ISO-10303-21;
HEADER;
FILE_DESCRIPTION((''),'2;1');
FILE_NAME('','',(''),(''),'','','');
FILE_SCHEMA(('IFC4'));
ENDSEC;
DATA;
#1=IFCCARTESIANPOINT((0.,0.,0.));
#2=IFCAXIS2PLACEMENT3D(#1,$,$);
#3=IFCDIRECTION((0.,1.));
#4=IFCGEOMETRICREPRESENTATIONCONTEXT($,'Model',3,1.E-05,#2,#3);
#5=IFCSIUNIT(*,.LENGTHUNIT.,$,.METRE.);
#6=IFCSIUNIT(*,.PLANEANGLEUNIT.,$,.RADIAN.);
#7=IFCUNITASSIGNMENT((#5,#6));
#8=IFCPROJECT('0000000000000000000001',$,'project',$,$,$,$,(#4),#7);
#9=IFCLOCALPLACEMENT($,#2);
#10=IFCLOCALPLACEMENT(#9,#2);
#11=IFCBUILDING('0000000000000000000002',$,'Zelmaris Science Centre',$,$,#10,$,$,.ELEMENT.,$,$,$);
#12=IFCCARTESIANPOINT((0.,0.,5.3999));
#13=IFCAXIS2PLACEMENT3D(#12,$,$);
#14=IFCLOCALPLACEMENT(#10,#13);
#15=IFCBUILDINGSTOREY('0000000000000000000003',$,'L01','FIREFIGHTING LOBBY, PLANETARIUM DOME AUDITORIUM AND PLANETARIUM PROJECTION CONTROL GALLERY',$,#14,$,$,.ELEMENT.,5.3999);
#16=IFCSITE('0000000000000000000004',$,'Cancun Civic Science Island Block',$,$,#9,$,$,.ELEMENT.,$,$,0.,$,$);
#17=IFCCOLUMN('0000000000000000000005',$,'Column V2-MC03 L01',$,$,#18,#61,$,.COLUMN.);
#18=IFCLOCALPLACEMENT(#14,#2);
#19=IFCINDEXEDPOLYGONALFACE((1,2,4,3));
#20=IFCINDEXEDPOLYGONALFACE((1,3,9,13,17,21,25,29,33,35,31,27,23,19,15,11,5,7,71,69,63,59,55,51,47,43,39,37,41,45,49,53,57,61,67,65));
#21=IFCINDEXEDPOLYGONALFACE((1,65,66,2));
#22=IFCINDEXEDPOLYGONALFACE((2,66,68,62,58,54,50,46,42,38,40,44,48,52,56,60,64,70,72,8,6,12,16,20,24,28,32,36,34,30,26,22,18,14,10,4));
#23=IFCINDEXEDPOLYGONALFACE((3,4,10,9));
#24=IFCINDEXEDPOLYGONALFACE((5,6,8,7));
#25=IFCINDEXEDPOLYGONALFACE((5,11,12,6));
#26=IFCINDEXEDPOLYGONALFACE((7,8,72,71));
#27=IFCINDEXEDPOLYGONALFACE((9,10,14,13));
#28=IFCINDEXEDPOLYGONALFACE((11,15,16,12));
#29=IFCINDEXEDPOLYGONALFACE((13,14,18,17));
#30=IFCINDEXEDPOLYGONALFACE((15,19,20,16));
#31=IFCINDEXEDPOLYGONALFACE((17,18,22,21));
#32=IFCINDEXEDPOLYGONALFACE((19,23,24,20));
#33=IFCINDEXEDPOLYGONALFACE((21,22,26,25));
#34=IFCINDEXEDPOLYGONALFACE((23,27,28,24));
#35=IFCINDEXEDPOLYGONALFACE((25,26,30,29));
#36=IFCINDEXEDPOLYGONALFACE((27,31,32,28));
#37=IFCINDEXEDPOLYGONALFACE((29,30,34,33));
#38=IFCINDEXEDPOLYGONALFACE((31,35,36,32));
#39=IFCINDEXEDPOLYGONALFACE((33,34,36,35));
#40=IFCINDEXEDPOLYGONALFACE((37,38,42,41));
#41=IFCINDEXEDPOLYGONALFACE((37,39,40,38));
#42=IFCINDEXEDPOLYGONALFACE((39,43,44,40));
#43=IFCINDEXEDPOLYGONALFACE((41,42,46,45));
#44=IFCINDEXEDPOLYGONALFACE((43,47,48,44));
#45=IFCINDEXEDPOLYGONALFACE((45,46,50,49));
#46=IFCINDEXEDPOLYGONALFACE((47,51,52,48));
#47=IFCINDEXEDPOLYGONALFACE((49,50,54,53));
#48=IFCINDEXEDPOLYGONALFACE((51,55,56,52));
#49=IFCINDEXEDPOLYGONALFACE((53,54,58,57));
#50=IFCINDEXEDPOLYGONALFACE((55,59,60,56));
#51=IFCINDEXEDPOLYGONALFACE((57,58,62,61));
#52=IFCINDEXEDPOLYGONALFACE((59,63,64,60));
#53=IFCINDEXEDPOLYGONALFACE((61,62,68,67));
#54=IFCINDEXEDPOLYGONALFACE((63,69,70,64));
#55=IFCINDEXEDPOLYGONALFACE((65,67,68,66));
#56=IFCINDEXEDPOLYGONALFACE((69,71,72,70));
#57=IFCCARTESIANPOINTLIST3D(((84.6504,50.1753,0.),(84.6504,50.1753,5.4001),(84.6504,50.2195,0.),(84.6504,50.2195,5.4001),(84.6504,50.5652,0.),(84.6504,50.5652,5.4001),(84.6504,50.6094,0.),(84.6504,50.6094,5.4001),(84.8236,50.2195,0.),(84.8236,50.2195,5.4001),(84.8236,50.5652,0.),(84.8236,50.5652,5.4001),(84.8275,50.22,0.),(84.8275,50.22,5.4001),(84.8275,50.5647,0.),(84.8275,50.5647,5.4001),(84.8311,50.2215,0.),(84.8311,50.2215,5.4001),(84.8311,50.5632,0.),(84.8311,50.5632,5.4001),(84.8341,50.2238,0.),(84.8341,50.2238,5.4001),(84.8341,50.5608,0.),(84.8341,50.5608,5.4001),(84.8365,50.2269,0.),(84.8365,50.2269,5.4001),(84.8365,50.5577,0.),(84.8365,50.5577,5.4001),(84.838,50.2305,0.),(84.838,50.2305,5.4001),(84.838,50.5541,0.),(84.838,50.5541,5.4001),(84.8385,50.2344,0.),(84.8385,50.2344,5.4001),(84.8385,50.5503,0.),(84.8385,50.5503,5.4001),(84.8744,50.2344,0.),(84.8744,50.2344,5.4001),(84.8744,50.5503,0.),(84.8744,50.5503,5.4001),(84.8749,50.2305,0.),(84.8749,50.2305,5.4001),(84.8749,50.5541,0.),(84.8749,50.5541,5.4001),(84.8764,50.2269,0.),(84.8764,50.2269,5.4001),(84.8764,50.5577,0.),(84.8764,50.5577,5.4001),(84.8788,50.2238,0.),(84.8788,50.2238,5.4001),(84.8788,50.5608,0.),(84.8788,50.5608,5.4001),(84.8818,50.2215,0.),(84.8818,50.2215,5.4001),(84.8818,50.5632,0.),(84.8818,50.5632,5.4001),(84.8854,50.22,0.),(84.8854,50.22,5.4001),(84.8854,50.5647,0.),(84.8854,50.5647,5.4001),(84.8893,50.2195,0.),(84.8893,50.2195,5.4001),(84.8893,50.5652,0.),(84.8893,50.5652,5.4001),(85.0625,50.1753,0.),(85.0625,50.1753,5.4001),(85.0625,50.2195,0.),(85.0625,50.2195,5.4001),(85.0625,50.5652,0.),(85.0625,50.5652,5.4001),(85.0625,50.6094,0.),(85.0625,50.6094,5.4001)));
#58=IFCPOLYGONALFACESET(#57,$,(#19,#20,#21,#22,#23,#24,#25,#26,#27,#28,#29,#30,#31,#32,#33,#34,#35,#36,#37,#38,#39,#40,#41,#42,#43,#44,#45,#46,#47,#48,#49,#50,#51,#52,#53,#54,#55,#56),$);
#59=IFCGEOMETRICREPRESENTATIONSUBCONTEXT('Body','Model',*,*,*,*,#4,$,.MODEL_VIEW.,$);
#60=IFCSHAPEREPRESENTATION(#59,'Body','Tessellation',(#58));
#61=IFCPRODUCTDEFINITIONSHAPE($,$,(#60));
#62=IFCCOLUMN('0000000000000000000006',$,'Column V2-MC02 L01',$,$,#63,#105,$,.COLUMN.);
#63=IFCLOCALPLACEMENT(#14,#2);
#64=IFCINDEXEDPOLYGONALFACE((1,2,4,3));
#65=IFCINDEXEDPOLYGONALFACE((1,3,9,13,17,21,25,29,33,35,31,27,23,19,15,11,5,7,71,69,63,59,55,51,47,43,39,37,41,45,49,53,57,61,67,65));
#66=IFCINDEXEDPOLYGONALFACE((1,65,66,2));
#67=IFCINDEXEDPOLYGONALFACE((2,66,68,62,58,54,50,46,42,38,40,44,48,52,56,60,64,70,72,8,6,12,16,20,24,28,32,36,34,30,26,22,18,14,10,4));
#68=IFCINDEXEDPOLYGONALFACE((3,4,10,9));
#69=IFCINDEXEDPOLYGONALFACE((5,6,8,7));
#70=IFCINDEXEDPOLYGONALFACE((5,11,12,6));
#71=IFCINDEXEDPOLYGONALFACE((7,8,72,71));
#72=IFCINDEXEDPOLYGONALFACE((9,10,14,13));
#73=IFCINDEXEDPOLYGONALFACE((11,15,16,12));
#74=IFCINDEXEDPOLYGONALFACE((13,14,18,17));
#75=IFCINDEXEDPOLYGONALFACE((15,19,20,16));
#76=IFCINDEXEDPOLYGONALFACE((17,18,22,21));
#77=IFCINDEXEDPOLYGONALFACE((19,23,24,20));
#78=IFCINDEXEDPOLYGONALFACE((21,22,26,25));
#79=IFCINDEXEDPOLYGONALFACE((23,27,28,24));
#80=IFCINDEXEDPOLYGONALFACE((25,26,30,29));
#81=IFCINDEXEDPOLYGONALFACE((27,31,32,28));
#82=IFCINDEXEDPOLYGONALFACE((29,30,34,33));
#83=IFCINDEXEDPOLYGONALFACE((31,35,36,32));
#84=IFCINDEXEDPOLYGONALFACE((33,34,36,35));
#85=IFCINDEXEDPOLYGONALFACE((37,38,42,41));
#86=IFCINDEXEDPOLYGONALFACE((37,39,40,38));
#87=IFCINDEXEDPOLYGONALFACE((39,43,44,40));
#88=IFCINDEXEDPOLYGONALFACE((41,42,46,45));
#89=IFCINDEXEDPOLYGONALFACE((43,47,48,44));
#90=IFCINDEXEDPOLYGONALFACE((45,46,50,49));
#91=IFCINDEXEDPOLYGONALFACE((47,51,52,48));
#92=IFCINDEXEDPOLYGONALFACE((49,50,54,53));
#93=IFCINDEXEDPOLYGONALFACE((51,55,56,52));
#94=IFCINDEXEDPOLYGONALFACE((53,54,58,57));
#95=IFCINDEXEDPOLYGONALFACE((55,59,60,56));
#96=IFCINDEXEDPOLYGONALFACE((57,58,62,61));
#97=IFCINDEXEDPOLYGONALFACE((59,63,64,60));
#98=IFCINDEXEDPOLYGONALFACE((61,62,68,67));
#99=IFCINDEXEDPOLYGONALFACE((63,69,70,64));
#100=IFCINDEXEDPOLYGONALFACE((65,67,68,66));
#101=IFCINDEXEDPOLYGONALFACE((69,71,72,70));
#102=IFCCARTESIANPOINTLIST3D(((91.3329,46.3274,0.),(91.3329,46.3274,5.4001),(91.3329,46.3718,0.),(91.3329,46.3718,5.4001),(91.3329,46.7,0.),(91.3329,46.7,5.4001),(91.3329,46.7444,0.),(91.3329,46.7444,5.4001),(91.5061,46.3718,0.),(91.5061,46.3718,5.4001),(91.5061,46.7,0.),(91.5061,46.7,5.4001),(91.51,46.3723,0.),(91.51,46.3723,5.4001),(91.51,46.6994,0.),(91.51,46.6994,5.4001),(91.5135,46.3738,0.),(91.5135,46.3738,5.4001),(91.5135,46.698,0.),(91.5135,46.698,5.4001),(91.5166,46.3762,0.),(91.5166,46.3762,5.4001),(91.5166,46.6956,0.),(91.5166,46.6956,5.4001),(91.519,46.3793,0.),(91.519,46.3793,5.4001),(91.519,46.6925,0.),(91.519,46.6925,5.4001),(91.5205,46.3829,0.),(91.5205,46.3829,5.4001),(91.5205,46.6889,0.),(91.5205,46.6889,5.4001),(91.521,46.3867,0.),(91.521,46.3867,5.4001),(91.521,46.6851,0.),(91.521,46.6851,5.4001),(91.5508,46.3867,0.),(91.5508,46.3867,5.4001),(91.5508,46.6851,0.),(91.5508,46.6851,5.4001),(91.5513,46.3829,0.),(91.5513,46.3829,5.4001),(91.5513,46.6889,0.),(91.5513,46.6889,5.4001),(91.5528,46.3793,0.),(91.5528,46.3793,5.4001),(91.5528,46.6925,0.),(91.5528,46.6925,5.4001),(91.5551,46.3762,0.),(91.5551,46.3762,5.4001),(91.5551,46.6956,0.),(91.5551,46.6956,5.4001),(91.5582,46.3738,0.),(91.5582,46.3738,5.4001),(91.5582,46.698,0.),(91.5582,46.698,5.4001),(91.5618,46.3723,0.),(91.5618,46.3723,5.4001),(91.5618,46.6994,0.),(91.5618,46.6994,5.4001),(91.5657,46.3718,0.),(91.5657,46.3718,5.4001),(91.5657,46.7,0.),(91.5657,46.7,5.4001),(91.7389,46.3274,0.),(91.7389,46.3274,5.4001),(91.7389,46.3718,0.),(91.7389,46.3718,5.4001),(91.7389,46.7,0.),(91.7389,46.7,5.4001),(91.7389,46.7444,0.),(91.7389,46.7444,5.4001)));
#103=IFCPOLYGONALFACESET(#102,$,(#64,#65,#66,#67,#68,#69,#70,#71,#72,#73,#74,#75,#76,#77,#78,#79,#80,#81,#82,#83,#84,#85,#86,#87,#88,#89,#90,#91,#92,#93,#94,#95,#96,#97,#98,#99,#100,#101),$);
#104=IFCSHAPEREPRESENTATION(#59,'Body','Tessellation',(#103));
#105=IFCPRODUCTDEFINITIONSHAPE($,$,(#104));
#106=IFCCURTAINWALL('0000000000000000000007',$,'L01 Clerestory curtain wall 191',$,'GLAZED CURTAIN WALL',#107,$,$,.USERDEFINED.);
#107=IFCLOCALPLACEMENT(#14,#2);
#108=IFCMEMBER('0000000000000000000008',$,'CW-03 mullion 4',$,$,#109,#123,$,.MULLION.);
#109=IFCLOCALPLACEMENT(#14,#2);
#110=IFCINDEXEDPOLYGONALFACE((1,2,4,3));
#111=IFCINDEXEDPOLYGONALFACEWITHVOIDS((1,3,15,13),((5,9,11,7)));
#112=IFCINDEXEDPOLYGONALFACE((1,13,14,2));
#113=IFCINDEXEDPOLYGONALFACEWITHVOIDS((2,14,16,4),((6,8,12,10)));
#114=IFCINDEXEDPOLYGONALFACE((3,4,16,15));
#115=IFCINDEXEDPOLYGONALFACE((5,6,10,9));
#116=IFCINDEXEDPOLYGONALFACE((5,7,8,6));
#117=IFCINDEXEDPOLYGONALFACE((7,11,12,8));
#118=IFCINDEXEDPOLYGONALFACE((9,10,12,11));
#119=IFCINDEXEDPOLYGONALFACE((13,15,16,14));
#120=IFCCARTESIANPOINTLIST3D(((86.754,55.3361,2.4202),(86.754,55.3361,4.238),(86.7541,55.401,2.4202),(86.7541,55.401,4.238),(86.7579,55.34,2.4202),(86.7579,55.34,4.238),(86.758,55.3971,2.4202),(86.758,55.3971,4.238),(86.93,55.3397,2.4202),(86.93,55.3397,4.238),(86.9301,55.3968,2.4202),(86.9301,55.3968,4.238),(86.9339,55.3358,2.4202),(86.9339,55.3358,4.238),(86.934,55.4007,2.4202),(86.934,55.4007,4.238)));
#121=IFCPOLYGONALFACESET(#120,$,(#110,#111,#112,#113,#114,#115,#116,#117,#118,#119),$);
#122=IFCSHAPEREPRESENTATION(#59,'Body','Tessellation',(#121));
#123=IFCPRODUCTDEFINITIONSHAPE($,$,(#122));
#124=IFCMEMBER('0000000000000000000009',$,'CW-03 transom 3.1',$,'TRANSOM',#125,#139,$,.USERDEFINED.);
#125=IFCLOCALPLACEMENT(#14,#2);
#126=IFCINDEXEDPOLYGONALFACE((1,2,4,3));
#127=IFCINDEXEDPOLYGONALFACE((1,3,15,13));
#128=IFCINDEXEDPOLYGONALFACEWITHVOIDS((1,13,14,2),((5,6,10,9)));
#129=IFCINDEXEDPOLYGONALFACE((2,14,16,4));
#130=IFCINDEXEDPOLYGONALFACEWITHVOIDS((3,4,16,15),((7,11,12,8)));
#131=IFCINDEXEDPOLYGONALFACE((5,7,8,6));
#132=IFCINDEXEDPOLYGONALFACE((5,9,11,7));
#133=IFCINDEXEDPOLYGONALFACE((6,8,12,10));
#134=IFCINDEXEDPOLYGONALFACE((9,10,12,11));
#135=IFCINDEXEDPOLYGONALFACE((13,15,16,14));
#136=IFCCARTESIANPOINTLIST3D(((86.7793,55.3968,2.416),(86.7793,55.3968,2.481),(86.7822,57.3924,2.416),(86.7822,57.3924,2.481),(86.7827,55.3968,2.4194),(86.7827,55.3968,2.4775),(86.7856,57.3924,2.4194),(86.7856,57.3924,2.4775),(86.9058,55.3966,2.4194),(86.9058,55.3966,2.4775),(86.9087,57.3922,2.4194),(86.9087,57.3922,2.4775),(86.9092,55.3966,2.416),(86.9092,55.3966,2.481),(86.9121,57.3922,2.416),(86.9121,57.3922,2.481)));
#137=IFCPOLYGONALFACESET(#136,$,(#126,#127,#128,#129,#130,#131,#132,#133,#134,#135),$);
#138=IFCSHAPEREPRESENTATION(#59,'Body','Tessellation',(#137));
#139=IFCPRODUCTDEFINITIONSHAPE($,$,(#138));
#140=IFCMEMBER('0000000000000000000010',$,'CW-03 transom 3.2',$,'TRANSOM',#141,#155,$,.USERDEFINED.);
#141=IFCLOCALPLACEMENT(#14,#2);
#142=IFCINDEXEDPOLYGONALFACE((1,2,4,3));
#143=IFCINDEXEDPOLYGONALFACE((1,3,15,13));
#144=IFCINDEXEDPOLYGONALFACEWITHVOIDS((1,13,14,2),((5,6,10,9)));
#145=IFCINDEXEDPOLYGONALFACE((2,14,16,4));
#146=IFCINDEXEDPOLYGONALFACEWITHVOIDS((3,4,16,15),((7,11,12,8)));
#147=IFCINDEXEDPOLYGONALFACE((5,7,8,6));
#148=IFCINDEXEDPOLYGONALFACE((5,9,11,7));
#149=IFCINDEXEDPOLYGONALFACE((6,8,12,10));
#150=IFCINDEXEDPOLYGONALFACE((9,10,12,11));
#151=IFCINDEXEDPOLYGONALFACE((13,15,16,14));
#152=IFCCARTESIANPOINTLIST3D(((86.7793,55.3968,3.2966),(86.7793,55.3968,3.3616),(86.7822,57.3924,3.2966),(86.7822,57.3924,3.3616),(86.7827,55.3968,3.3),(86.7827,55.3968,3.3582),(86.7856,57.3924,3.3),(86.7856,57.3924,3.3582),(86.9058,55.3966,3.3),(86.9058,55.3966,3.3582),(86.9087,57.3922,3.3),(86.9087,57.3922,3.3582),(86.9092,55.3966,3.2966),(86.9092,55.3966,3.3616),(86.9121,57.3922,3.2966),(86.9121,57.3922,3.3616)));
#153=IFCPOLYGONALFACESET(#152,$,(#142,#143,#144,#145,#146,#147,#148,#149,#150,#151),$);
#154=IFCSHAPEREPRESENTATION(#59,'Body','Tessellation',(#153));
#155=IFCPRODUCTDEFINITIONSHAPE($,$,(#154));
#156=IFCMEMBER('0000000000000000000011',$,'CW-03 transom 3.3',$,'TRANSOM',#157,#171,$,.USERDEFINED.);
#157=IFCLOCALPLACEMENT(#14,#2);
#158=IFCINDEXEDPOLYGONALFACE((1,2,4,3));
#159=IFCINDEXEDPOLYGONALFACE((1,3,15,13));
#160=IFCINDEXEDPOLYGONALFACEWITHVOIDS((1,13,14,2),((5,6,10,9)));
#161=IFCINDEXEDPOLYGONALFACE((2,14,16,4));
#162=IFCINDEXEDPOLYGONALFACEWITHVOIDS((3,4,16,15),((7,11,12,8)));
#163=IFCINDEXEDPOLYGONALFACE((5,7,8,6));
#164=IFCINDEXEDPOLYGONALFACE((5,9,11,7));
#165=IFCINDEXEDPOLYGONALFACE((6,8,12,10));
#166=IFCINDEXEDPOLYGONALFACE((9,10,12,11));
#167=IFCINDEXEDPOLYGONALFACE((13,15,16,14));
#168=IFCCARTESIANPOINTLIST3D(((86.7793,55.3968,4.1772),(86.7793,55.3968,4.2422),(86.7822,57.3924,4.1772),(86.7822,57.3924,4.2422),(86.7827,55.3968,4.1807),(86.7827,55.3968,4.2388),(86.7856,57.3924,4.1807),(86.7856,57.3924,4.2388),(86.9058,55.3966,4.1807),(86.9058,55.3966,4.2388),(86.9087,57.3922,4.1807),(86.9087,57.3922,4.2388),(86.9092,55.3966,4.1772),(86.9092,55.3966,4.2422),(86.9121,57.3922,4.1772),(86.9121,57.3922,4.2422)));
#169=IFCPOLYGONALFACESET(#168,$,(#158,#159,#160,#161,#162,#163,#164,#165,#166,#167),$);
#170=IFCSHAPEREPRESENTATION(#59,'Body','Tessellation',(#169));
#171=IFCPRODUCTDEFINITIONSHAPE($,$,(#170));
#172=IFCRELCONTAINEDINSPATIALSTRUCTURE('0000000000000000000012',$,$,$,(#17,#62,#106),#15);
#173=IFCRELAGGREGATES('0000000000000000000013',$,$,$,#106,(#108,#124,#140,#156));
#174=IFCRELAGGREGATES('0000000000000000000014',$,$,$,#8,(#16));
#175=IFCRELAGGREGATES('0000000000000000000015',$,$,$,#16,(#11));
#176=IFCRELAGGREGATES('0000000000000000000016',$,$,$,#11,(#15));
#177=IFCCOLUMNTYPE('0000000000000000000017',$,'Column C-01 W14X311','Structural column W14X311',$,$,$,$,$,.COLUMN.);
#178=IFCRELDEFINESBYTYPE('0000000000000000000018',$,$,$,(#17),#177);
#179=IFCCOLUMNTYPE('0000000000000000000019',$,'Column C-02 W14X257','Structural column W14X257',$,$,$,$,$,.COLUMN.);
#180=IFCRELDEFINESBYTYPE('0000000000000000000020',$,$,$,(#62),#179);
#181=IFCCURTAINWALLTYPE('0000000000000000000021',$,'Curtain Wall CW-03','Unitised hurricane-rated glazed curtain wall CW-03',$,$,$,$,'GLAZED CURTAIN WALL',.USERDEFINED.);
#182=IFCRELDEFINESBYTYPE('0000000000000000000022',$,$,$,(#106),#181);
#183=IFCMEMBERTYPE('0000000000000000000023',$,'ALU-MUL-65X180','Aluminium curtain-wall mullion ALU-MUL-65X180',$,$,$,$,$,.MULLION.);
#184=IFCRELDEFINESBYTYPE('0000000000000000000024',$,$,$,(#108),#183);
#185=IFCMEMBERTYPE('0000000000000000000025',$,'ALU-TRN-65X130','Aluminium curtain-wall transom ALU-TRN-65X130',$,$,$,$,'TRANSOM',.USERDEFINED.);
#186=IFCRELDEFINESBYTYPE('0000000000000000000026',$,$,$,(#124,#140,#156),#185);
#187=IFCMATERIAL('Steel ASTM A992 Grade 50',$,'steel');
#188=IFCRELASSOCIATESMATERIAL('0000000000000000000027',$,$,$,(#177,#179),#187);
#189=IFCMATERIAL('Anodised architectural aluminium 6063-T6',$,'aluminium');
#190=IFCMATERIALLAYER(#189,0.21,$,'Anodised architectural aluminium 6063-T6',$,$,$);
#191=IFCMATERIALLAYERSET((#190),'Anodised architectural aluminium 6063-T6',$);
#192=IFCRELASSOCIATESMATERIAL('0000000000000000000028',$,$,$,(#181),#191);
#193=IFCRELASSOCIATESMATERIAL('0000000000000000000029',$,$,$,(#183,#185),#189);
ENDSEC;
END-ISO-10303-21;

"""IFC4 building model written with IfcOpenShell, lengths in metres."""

from ifc_helpers import new_model, si_unit, direction, frame, origin, origin_2d, place, context, subcontext, project, spatial, hollow_rectangle, i_section, extrude, material, layer, layer_set, material_profile, profile_set, type_object, element, aggregate, save


model = new_model("IFC4")

# Units and contexts
model_context = context("Model", 3, precision=1e-05, world=origin(), true_north=direction((0.0, 1.0)))
body_context = subcontext(model_context, "Body", "Model", "MODEL_VIEW")
ifc_project = project(units=[si_unit("LENGTHUNIT", "METRE"), si_unit("PLANEANGLEUNIT", "RADIAN")], contexts=[model_context])

# Site, building, storey
site_placement = place(None, origin())
site = spatial("IfcSite", under=ifc_project, at=site_placement, Name="Cancun Civic Science Island Block", CompositionType="ELEMENT", RefElevation=0.0)
building_placement = place(site_placement, origin())
building = spatial("IfcBuilding", under=site, at=building_placement, Name="Zelmaris Science Centre", CompositionType="ELEMENT")
storey_placement = place(building_placement, frame((0.0, 0.0, 5.3999)))
storey = spatial("IfcBuildingStorey", under=building, at=storey_placement, Name="L01", Description="FIREFIGHTING LOBBY, PLANETARIUM DOME AUDITORIUM AND PLANETARIUM PROJECTION CONTROL GALLERY", CompositionType="ELEMENT", Elevation=5.3999)

# Columns
ifc_material_1 = material(Name="Steel ASTM A992 Grade 50", Category="steel")
ifc_material_profile_1 = material_profile(ifc_material_1, i_section(OverallWidth=0.4121, OverallDepth=0.4341, WebThickness=0.0359, FlangeThickness=0.0442, FilletRadius=0.0149, at=origin_2d()), Name="W14X311")
ifc_profile_set_1 = profile_set([ifc_material_profile_1], Name="Steel ASTM A992 Grade 50")
column_type_1 = type_object("IfcColumnType", Name="Column C-01 W14X311", Description="Structural column W14X311", PredefinedType="COLUMN", material=ifc_profile_set_1)
column_1_placement = place(storey_placement, frame((84.8564, 50.3923, 0.0), z_axis=(0.0, 0.0, 1.0), x_axis=(1.0, 0.0, 0.0)))
element("IfcColumn", 1, at=column_1_placement, inside=storey, type_object=column_type_1, Name="Column V2-MC03 L01", PredefinedType="COLUMN", context=body_context, shape_type="SweptSolid", body=[
    extrude(i_section(OverallWidth=0.4121, OverallDepth=0.4341, WebThickness=0.0359, FlangeThickness=0.0442, FilletRadius=0.0149, at=origin_2d()), origin(), (0.0, 0.0, 1.0), 5.4001),
])
ifc_material_profile_2 = material_profile(ifc_material_1, i_section(OverallWidth=0.406, OverallDepth=0.417, WebThickness=0.0298, FlangeThickness=0.0444, FilletRadius=0.0149, at=origin_2d()), Name="W14X257")
ifc_profile_set_2 = profile_set([ifc_material_profile_2], Name="Steel ASTM A992 Grade 50")
column_type_2 = type_object("IfcColumnType", Name="Column C-02 W14X257", Description="Structural column W14X257", PredefinedType="COLUMN", material=ifc_profile_set_2)
column_2_placement = place(storey_placement, frame((91.5359, 46.5359, 0.0), z_axis=(0.0, 0.0, 1.0), x_axis=(1.0, 0.0, 0.0)))
element("IfcColumn", 2, at=column_2_placement, inside=storey, type_object=column_type_2, Name="Column V2-MC02 L01", PredefinedType="COLUMN", context=body_context, shape_type="SweptSolid", body=[
    extrude(i_section(OverallWidth=0.406, OverallDepth=0.417, WebThickness=0.0298, FlangeThickness=0.0444, FilletRadius=0.0149, at=origin_2d()), origin(), (0.0, 0.0, 1.0), 5.4001),
])

# Curtain wall, members
ifc_material_2 = material(Name="Anodised architectural aluminium 6063-T6", Category="aluminium")
ifc_layer_1 = layer(ifc_material_2, 0.21, Name="Anodised architectural aluminium 6063-T6")
ifc_layer_set_1 = layer_set([ifc_layer_1], Name="Anodised architectural aluminium 6063-T6")
curtain_wall_type = type_object("IfcCurtainWallType", Name="Curtain Wall CW-03", Description="Unitised hurricane-rated glazed curtain wall CW-03", ElementType="GLAZED CURTAIN WALL", PredefinedType="USERDEFINED", material=ifc_layer_set_1)
curtain_wall_placement = place(storey_placement, origin())
curtain_wall = element("IfcCurtainWall", 3, at=curtain_wall_placement, inside=storey, type_object=curtain_wall_type, Name="L01 Clerestory curtain wall 191", ObjectType="GLAZED CURTAIN WALL", PredefinedType="USERDEFINED")
ifc_material_profile_3 = material_profile(ifc_material_2, hollow_rectangle(XDim=0.0649, YDim=0.1799, WallThickness=0.0039, at=origin_2d()), Name="ALU-MUL-65X180")
ifc_profile_set_3 = profile_set([ifc_material_profile_3], Name="Anodised architectural aluminium 6063-T6")
member_type_1 = type_object("IfcMemberType", Name="ALU-MUL-65X180", Description="Aluminium curtain-wall mullion ALU-MUL-65X180", PredefinedType="MULLION", material=ifc_profile_set_3)
member_1_placement = place(storey_placement, frame((86.844, 55.3684, 2.4202), z_axis=(0.0, 0.0, 1.0), x_axis=(-0.001566, -0.999999, 0.0)))
member_1 = element("IfcMember", 4, at=member_1_placement, type_object=member_type_1, Name="CW-03 mullion 4", PredefinedType="MULLION", context=body_context, shape_type="SweptSolid", body=[
    extrude(hollow_rectangle(XDim=0.0649, YDim=0.1799, WallThickness=0.0039, at=origin_2d()), origin(), (0.0, 0.0, 1.0), 1.8179),
])
ifc_material_profile_4 = material_profile(ifc_material_2, hollow_rectangle(XDim=0.0649, YDim=0.1299, WallThickness=0.0034, at=origin_2d()), Name="ALU-TRN-65X130")
ifc_profile_set_4 = profile_set([ifc_material_profile_4], Name="Anodised architectural aluminium 6063-T6")
member_type_2 = type_object("IfcMemberType", Name="ALU-TRN-65X130", Description="Aluminium curtain-wall transom ALU-TRN-65X130", ElementType="TRANSOM", PredefinedType="USERDEFINED", material=ifc_profile_set_4)
member_2_placement = place(storey_placement, frame((86.8472, 57.3923, 2.4485), z_axis=(-0.001468, -0.999999, 0.0), x_axis=(0.0, 0.0, 1.0)))
member_2 = element("IfcMember", 5, at=member_2_placement, type_object=member_type_2, Name="CW-03 transom 3.1", ObjectType="TRANSOM", PredefinedType="USERDEFINED", context=body_context, shape_type="SweptSolid", body=[
    extrude(hollow_rectangle(XDim=0.0649, YDim=0.1299, WallThickness=0.0034, at=origin_2d()), origin(), (0.0, 0.0, 1.0), 1.9956),
])
member_3_placement = place(storey_placement, frame((86.8472, 57.3923, 3.3291), z_axis=(-0.001468, -0.999999, 0.0), x_axis=(0.0, 0.0, 1.0)))
member_3 = element("IfcMember", 6, at=member_3_placement, type_object=member_type_2, Name="CW-03 transom 3.2", ObjectType="TRANSOM", PredefinedType="USERDEFINED", context=body_context, shape_type="SweptSolid", body=[
    extrude(hollow_rectangle(XDim=0.0649, YDim=0.1299, WallThickness=0.0034, at=origin_2d()), origin(), (0.0, 0.0, 1.0), 1.9956),
])
member_4_placement = place(storey_placement, frame((86.8472, 57.3923, 4.2097), z_axis=(-0.001468, -0.999999, 0.0), x_axis=(0.0, 0.0, 1.0)))
member_4 = element("IfcMember", 7, at=member_4_placement, type_object=member_type_2, Name="CW-03 transom 3.3", ObjectType="TRANSOM", PredefinedType="USERDEFINED", context=body_context, shape_type="SweptSolid", body=[
    extrude(hollow_rectangle(XDim=0.0649, YDim=0.1299, WallThickness=0.0034, at=origin_2d()), origin(), (0.0, 0.0, 1.0), 1.9956),
])

aggregate(curtain_wall, [member_1, member_2, member_3, member_4])

save(model, "model.ifc")
